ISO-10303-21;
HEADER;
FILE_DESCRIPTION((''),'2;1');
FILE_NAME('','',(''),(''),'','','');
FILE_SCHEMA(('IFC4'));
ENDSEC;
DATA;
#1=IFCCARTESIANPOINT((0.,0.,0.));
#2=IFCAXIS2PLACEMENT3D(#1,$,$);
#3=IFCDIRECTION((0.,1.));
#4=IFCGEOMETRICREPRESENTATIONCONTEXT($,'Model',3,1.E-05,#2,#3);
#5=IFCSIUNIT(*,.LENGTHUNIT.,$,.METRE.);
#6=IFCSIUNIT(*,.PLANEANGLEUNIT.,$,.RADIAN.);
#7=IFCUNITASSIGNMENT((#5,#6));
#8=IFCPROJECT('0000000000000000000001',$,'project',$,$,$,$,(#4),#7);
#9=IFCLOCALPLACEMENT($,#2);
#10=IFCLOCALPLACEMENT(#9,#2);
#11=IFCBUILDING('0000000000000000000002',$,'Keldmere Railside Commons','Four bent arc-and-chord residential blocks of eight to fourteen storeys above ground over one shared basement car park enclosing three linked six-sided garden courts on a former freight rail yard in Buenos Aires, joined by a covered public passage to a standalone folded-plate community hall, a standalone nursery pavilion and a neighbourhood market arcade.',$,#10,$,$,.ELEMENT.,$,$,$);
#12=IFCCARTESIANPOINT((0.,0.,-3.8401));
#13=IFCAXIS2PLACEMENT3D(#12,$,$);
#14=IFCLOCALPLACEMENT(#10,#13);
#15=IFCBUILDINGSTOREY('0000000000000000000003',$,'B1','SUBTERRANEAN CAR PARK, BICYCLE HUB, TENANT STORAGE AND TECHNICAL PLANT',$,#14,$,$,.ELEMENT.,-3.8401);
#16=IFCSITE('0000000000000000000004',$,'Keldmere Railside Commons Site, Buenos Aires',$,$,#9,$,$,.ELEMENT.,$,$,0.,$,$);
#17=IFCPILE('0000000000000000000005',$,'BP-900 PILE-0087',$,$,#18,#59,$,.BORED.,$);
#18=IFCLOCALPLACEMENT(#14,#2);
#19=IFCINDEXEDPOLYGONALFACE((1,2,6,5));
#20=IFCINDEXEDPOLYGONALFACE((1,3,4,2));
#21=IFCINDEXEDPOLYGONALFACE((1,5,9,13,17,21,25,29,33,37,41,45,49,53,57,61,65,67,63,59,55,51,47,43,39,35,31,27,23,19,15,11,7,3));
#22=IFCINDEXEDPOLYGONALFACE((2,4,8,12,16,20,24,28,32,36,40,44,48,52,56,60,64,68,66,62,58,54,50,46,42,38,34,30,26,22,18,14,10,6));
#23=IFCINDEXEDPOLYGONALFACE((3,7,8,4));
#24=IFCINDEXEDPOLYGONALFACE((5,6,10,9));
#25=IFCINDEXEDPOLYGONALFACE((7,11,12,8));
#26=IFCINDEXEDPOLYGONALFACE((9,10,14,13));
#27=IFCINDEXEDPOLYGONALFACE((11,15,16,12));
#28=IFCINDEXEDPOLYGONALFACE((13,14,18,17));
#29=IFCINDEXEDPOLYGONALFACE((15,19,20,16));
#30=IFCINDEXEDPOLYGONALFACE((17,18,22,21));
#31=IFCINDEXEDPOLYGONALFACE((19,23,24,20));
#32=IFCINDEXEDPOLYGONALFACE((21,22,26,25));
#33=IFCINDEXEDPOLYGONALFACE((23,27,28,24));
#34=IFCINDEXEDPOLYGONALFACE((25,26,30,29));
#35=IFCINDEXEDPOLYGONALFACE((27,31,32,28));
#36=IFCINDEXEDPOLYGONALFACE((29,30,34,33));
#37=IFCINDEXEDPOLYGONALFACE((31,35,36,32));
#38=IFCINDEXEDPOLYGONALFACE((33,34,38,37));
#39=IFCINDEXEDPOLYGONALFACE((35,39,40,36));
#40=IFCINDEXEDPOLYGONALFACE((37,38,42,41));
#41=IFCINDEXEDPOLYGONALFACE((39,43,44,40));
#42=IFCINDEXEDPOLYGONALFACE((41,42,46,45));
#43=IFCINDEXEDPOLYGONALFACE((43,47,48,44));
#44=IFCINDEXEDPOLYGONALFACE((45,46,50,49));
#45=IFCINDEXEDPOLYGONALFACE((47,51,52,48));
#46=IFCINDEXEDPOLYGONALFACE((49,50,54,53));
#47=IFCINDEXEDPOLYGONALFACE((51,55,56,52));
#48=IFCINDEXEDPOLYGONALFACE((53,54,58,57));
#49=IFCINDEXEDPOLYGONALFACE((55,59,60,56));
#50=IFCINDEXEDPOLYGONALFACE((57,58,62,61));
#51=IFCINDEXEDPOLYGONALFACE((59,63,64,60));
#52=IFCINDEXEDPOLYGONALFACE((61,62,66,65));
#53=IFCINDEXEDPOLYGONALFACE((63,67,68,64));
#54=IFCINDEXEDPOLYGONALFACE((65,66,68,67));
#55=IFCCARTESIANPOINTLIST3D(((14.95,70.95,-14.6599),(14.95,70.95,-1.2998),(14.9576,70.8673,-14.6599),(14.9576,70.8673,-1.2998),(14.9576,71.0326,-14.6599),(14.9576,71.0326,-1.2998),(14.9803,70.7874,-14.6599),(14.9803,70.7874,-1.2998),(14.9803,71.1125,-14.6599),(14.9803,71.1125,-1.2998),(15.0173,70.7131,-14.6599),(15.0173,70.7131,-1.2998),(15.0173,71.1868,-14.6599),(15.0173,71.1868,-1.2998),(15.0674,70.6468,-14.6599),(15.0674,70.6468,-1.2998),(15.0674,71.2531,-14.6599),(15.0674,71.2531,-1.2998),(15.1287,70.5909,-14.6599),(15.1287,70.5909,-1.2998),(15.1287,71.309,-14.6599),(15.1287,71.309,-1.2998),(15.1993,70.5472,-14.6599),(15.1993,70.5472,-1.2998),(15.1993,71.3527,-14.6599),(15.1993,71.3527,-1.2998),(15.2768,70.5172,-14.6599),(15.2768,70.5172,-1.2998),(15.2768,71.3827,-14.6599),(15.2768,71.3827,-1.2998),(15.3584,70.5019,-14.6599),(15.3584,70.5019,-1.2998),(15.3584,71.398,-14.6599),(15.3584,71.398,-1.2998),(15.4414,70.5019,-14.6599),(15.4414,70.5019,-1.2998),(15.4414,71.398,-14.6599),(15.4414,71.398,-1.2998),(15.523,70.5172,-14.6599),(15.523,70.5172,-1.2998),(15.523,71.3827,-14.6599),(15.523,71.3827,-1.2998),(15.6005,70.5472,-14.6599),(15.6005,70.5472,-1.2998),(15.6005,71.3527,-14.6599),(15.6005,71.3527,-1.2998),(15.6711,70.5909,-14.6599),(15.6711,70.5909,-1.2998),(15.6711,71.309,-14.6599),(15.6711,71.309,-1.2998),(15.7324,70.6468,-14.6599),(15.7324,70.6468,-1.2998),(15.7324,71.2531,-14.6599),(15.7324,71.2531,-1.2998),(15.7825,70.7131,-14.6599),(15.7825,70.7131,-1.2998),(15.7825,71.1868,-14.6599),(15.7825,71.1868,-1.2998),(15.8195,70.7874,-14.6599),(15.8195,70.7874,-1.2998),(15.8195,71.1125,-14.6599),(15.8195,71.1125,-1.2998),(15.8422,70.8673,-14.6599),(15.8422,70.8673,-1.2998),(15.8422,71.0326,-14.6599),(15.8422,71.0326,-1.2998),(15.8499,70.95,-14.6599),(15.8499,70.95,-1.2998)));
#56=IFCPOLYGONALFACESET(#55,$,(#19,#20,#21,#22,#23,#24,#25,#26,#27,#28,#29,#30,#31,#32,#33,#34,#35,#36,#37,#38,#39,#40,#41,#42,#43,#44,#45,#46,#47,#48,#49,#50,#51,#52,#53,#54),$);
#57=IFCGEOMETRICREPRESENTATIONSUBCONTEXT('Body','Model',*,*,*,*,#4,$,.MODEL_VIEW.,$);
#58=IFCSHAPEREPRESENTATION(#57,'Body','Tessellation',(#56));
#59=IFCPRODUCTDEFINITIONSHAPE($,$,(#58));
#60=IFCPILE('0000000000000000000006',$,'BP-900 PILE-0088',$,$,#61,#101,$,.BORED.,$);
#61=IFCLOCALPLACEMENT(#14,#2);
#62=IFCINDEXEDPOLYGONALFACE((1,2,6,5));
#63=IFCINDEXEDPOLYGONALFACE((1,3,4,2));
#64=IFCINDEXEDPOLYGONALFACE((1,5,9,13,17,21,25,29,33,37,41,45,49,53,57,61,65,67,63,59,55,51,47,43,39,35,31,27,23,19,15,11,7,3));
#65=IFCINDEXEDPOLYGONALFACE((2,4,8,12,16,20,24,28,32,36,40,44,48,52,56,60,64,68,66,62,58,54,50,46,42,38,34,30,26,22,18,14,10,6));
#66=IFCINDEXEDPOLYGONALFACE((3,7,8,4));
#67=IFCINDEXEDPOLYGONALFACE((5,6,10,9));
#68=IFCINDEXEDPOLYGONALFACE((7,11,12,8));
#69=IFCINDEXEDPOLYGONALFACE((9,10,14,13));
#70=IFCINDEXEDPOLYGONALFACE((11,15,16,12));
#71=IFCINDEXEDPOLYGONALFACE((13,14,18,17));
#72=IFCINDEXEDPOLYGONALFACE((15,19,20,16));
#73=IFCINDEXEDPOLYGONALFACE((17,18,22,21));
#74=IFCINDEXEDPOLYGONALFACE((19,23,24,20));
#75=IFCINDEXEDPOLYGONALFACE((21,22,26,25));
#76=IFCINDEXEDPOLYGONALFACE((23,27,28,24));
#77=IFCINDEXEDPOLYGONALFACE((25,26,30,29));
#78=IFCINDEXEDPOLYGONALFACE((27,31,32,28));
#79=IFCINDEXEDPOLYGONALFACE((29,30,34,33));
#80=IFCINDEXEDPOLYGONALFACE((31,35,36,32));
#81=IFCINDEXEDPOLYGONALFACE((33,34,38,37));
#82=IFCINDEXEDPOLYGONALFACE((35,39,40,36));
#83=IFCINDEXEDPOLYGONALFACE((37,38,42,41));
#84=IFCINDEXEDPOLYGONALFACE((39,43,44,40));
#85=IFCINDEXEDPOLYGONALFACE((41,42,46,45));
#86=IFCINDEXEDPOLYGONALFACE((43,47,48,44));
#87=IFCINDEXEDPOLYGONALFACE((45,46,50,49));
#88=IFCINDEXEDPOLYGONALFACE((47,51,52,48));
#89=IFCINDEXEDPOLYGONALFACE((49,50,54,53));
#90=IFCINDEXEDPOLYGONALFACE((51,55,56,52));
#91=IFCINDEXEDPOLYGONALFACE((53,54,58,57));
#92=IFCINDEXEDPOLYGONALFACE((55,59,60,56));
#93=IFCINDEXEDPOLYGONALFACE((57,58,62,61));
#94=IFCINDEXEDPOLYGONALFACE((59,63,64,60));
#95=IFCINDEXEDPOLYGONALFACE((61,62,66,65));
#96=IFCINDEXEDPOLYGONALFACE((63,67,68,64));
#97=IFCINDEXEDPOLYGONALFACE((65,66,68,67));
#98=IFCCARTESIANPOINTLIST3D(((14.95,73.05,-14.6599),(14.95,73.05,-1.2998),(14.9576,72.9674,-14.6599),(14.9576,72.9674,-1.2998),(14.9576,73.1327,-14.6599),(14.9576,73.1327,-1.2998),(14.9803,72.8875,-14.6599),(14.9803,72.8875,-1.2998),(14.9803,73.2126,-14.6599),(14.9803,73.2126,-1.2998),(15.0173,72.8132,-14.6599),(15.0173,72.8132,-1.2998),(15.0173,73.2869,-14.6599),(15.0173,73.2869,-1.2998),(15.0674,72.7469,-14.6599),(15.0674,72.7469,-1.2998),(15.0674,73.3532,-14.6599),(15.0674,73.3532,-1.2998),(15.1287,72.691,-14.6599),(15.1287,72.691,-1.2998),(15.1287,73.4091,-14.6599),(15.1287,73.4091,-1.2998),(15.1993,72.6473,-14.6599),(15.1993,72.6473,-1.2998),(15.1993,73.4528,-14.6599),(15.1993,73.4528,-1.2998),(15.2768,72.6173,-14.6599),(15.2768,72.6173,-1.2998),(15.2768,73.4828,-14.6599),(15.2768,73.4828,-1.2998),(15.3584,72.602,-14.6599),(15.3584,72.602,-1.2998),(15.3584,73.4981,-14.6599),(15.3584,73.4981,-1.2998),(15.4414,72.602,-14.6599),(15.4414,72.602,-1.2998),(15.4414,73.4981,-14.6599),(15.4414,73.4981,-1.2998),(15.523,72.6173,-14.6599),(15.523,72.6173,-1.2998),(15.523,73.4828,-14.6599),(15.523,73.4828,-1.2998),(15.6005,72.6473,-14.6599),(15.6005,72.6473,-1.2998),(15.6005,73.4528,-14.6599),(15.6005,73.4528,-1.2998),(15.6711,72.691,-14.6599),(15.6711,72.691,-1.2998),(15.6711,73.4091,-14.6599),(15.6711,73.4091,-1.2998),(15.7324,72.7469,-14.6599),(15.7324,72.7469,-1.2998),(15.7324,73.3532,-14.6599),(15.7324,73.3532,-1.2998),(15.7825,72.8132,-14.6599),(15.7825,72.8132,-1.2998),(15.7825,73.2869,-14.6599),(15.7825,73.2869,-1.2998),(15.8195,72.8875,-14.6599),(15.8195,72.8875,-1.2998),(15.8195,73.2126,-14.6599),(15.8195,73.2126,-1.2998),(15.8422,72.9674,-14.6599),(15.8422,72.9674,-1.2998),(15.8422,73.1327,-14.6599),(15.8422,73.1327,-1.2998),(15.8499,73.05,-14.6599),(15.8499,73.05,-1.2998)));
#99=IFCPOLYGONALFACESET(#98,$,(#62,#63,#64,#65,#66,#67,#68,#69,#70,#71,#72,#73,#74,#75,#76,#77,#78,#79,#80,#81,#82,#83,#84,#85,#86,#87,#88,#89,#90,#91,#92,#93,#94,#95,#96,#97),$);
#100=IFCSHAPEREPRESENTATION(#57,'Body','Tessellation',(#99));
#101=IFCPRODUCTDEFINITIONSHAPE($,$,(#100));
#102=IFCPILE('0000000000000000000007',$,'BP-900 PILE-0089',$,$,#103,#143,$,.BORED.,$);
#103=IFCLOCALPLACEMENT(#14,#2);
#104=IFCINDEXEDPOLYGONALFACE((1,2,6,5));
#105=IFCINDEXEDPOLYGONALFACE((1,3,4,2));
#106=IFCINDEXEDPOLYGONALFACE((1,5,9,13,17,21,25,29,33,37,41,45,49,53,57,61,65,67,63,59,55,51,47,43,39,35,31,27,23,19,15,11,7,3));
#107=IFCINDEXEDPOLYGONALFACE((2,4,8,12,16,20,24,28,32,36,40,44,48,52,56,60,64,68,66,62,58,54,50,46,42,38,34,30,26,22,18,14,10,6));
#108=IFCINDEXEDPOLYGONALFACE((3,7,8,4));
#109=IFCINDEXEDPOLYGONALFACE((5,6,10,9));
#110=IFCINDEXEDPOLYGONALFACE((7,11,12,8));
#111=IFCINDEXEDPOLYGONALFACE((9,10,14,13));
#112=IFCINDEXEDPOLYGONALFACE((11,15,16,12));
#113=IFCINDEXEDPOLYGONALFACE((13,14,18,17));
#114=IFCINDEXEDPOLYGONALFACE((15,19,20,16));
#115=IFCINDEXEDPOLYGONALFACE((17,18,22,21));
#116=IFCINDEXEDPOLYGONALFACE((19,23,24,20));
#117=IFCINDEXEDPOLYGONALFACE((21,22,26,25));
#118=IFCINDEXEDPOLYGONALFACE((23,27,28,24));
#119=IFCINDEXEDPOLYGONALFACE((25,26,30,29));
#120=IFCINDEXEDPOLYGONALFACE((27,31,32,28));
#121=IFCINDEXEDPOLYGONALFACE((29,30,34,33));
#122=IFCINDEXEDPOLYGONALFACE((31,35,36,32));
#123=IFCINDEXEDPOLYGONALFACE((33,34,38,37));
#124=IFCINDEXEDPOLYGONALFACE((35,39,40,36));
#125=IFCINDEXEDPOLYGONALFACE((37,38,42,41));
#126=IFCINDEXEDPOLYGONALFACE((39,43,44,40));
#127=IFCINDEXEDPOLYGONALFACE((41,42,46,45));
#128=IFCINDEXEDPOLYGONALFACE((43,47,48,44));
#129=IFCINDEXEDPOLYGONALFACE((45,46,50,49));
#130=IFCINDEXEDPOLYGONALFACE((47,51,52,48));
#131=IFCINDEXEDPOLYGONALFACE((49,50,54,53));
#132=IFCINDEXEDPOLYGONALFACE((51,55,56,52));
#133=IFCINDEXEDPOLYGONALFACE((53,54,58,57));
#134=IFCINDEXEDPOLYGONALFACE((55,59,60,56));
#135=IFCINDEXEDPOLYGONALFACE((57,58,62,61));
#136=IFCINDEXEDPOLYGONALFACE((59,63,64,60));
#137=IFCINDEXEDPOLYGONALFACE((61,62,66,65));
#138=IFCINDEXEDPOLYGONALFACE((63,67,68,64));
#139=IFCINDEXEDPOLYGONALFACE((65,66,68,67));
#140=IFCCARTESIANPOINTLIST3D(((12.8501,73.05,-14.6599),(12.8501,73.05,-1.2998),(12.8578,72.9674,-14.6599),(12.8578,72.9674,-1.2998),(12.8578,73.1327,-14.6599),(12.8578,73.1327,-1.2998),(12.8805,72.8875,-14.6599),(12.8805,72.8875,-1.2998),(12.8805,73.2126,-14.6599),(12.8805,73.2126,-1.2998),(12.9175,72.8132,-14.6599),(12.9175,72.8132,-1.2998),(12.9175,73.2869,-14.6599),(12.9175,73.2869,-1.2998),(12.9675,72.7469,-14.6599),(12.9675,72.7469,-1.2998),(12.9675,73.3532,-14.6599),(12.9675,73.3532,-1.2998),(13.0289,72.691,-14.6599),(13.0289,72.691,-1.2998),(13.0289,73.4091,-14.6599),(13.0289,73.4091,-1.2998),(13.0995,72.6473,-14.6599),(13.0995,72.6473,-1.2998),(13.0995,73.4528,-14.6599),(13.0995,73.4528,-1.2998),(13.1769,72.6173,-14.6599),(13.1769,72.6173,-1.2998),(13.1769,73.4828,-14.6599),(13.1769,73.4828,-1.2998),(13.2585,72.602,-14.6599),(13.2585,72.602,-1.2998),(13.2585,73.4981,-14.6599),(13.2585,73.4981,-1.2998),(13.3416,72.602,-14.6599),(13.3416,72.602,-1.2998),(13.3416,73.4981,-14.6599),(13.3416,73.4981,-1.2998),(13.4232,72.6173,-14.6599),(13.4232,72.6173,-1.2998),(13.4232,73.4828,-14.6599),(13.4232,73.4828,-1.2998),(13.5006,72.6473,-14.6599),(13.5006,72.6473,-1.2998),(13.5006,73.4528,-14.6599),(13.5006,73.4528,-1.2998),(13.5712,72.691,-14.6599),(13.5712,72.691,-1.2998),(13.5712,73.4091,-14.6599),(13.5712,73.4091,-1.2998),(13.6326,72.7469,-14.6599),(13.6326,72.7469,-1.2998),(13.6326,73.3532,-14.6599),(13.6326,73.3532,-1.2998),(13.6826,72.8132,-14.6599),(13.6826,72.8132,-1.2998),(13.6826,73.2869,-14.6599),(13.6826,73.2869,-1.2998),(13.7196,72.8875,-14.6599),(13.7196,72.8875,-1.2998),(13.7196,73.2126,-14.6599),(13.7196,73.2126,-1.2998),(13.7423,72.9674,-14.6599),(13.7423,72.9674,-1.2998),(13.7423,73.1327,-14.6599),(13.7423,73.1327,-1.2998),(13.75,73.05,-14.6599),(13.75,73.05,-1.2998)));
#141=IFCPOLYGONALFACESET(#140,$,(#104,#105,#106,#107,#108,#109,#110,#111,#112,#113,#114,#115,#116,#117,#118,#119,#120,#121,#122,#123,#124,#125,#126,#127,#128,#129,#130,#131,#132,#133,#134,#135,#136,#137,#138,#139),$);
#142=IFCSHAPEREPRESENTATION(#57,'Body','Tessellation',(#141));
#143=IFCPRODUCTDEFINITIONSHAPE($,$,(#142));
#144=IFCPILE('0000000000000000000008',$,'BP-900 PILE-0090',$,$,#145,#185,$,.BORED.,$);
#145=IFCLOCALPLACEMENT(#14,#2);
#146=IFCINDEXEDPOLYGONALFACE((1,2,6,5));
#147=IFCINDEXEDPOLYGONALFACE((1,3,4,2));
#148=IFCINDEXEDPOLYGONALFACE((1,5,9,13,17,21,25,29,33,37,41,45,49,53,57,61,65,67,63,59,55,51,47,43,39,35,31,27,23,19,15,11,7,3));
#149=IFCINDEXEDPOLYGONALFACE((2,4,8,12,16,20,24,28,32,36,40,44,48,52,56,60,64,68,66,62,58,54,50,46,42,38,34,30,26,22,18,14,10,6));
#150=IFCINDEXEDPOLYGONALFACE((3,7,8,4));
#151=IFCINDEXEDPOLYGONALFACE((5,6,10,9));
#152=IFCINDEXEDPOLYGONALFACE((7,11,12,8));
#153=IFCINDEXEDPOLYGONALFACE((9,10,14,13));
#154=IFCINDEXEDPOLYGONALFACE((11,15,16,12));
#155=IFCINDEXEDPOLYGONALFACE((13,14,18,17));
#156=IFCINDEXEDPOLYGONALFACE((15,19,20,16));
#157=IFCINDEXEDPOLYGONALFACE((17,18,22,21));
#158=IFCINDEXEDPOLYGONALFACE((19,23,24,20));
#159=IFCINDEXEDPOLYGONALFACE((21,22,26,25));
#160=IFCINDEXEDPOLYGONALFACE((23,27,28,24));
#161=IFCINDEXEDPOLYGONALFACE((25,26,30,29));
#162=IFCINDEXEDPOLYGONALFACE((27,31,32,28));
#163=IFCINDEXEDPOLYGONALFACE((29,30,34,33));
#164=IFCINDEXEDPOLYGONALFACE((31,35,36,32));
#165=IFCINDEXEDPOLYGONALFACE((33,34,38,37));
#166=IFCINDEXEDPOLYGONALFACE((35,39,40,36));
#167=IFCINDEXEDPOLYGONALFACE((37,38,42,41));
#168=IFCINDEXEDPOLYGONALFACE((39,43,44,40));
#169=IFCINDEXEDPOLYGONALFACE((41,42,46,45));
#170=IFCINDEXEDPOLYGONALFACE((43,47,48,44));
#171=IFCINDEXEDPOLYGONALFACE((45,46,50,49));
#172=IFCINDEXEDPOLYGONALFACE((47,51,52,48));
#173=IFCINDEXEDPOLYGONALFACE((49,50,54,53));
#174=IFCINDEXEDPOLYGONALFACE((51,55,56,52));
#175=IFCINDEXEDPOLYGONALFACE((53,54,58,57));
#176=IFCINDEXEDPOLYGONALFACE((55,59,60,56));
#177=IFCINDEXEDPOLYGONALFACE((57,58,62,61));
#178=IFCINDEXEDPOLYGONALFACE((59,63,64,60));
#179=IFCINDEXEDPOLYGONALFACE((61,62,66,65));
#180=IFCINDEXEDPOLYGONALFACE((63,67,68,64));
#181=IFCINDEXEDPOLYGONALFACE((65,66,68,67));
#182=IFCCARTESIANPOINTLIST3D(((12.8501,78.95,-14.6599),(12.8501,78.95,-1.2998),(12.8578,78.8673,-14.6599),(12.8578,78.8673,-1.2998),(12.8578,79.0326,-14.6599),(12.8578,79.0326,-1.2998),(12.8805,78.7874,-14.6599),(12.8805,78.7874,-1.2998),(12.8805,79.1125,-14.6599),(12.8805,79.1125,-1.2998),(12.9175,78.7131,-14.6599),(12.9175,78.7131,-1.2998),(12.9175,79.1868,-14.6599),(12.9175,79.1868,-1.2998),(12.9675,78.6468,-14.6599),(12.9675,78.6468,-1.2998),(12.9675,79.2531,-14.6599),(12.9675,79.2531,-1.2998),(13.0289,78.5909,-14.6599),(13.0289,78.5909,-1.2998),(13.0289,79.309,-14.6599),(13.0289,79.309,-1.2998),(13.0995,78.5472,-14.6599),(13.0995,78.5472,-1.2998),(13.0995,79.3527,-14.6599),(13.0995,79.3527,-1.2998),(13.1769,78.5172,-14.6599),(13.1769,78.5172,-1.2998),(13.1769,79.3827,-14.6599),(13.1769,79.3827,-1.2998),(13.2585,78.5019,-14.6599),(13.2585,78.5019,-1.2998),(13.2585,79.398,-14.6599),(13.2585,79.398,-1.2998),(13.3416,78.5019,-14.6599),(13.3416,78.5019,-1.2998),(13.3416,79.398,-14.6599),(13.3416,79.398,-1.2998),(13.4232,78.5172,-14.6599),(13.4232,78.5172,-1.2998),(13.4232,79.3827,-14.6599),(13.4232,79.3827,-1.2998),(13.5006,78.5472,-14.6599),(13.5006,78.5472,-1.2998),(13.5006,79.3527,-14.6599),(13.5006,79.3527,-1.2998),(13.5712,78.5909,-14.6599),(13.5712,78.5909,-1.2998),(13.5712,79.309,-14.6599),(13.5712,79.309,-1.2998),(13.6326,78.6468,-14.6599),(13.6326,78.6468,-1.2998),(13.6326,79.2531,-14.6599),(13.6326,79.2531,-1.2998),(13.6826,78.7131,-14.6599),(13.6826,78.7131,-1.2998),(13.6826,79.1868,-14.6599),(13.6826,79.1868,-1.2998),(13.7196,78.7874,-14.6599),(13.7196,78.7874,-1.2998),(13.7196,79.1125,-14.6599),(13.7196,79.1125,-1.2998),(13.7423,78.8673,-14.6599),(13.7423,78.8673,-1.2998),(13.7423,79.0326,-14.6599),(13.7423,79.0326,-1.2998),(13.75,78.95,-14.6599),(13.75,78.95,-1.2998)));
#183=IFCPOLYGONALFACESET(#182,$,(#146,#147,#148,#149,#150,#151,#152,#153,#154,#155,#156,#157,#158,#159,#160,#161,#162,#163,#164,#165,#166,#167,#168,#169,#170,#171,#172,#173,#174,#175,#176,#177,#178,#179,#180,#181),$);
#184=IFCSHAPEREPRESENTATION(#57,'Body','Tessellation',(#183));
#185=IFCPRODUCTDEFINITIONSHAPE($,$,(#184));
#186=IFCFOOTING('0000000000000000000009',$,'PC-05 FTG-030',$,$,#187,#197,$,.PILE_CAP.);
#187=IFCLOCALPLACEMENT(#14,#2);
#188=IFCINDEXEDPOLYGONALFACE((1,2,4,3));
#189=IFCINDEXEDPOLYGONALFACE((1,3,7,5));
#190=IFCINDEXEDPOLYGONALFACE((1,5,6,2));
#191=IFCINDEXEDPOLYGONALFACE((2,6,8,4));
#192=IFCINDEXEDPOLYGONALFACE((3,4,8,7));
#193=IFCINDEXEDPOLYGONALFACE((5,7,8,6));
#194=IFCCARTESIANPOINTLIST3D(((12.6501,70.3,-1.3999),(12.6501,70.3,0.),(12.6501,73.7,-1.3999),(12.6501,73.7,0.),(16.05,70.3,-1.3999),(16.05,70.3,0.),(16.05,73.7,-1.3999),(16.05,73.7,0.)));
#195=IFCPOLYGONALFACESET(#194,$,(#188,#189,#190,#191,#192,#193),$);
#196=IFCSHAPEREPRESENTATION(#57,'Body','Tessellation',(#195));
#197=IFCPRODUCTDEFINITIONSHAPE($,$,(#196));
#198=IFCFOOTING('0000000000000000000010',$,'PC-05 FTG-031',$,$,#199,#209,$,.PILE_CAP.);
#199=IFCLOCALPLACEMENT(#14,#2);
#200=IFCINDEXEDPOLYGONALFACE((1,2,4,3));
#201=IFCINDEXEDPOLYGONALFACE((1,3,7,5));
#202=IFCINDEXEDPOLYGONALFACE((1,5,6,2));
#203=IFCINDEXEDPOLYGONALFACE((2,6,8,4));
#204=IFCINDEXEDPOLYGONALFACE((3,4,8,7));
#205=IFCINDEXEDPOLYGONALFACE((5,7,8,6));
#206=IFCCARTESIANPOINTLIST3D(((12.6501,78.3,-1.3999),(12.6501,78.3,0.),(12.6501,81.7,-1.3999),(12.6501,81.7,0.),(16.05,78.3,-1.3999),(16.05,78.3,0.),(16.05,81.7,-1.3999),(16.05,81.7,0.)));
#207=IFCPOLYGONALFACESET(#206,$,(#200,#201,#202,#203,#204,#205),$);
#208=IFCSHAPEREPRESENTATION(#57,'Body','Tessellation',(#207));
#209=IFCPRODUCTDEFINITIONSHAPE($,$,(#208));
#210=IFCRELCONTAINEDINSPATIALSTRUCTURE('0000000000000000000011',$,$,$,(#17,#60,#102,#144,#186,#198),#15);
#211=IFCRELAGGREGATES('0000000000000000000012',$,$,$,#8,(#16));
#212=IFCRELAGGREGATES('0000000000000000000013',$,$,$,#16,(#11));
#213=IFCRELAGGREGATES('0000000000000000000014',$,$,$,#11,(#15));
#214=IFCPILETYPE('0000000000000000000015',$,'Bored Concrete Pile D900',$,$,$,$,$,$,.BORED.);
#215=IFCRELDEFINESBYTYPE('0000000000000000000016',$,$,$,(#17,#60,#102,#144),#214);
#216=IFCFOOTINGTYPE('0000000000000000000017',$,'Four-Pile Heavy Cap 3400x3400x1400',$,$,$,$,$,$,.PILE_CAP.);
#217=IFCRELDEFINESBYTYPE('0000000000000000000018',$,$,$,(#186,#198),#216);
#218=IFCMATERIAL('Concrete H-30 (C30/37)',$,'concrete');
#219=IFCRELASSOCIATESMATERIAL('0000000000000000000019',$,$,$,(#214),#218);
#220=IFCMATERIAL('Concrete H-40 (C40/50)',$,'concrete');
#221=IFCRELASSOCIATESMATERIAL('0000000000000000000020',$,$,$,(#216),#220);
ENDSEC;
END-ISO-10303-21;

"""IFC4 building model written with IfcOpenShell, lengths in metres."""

from ifc_helpers import new_model, si_unit, direction, frame, origin, origin_2d, place, context, subcontext, project, spatial, rectangle, circle, extrude, material, material_profile, profile_set, type_object, element, save


model = new_model("IFC4")

# Units and contexts
model_context = context("Model", 3, precision=1e-05, world=origin(), true_north=direction((0.0, 1.0)))
body_context = subcontext(model_context, "Body", "Model", "MODEL_VIEW")
ifc_project = project(units=[si_unit("LENGTHUNIT", "METRE"), si_unit("PLANEANGLEUNIT", "RADIAN")], contexts=[model_context])

# Site, building, storey
site_placement = place(None, origin())
site = spatial("IfcSite", under=ifc_project, at=site_placement, Name="Keldmere Railside Commons Site, Buenos Aires", CompositionType="ELEMENT", RefElevation=0.0)
building_placement = place(site_placement, origin())
building = spatial("IfcBuilding", under=site, at=building_placement, Name="Keldmere Railside Commons", Description="Four bent arc-and-chord residential blocks of eight to fourteen storeys above ground over one shared basement car park enclosing three linked six-sided garden courts on a former freight rail yard in Buenos Aires, joined by a covered public passage to a standalone folded-plate community hall, a standalone nursery pavilion and a neighbourhood market arcade.", CompositionType="ELEMENT")
storey_placement = place(building_placement, frame((0.0, 0.0, -3.8401)))
storey = spatial("IfcBuildingStorey", under=building, at=storey_placement, Name="B1", Description="SUBTERRANEAN CAR PARK, BICYCLE HUB, TENANT STORAGE AND TECHNICAL PLANT", CompositionType="ELEMENT", Elevation=-3.8401)

# Piles
ifc_material_1 = material(Name="Concrete H-30 (C30/37)", Category="concrete")
ifc_material_profile_1 = material_profile(ifc_material_1, circle(Radius=0.45, at=origin_2d()), Name="PILE-D900")
ifc_profile_set_1 = profile_set([ifc_material_profile_1], Name="Concrete H-30 (C30/37)")
pile_type = type_object("IfcPileType", Name="Bored Concrete Pile D900", PredefinedType="BORED", material=ifc_profile_set_1)
for number, where, z_axis, x_axis, name in (
    (1, (15.3999, 70.95, -1.2998), (0.0, 0.0, -1.0), (1.0, 0.0, 0.0), "BP-900 PILE-0087"),
    (2, (15.3999, 73.05, -1.2998), (0.0, 0.0, -1.0), (1.0, 0.0, 0.0), "BP-900 PILE-0088"),
    (3, (13.3, 73.05, -1.2998), (0.0, 0.0, -1.0), (1.0, 0.0, 0.0), "BP-900 PILE-0089"),
    (4, (13.3, 78.95, -1.2998), (0.0, 0.0, -1.0), (1.0, 0.0, 0.0), "BP-900 PILE-0090"),
):
    element("IfcPile", number, at=place(storey_placement, frame(where, z_axis=z_axis, x_axis=x_axis)), inside=storey, type_object=pile_type, Name=name, PredefinedType="BORED", context=body_context, shape_type="SweptSolid", body=[
        extrude(circle(Radius=0.45, at=origin_2d()), origin(), (0.0, 0.0, 1.0), 13.3601),
    ])

# Footings
ifc_material_2 = material(Name="Concrete H-40 (C40/50)", Category="concrete")
footing_type_1 = type_object("IfcFootingType", Name="Four-Pile Heavy Cap 3400x3400x1400", PredefinedType="PILE_CAP", material=ifc_material_2)
for number, where, z_axis, x_axis, name in (
    (5, (14.3501, 72.0, -1.3999), (0.0, 0.0, 1.0), (1.0, 0.0, 0.0), "PC-05 FTG-030"),
    (6, (14.3501, 80.0, -1.3999), (0.0, 0.0, 1.0), (1.0, 0.0, 0.0), "PC-05 FTG-031"),
):
    element("IfcFooting", number, at=place(storey_placement, frame(where, z_axis=z_axis, x_axis=x_axis)), inside=storey, type_object=footing_type_1, Name=name, PredefinedType="PILE_CAP", context=body_context, shape_type="SweptSolid", body=[
        extrude(rectangle(XDim=3.3999, YDim=3.3999, at=origin_2d()), origin(), (0.0, 0.0, 1.0), 1.3999),
    ])

save(model, "model.ifc")
